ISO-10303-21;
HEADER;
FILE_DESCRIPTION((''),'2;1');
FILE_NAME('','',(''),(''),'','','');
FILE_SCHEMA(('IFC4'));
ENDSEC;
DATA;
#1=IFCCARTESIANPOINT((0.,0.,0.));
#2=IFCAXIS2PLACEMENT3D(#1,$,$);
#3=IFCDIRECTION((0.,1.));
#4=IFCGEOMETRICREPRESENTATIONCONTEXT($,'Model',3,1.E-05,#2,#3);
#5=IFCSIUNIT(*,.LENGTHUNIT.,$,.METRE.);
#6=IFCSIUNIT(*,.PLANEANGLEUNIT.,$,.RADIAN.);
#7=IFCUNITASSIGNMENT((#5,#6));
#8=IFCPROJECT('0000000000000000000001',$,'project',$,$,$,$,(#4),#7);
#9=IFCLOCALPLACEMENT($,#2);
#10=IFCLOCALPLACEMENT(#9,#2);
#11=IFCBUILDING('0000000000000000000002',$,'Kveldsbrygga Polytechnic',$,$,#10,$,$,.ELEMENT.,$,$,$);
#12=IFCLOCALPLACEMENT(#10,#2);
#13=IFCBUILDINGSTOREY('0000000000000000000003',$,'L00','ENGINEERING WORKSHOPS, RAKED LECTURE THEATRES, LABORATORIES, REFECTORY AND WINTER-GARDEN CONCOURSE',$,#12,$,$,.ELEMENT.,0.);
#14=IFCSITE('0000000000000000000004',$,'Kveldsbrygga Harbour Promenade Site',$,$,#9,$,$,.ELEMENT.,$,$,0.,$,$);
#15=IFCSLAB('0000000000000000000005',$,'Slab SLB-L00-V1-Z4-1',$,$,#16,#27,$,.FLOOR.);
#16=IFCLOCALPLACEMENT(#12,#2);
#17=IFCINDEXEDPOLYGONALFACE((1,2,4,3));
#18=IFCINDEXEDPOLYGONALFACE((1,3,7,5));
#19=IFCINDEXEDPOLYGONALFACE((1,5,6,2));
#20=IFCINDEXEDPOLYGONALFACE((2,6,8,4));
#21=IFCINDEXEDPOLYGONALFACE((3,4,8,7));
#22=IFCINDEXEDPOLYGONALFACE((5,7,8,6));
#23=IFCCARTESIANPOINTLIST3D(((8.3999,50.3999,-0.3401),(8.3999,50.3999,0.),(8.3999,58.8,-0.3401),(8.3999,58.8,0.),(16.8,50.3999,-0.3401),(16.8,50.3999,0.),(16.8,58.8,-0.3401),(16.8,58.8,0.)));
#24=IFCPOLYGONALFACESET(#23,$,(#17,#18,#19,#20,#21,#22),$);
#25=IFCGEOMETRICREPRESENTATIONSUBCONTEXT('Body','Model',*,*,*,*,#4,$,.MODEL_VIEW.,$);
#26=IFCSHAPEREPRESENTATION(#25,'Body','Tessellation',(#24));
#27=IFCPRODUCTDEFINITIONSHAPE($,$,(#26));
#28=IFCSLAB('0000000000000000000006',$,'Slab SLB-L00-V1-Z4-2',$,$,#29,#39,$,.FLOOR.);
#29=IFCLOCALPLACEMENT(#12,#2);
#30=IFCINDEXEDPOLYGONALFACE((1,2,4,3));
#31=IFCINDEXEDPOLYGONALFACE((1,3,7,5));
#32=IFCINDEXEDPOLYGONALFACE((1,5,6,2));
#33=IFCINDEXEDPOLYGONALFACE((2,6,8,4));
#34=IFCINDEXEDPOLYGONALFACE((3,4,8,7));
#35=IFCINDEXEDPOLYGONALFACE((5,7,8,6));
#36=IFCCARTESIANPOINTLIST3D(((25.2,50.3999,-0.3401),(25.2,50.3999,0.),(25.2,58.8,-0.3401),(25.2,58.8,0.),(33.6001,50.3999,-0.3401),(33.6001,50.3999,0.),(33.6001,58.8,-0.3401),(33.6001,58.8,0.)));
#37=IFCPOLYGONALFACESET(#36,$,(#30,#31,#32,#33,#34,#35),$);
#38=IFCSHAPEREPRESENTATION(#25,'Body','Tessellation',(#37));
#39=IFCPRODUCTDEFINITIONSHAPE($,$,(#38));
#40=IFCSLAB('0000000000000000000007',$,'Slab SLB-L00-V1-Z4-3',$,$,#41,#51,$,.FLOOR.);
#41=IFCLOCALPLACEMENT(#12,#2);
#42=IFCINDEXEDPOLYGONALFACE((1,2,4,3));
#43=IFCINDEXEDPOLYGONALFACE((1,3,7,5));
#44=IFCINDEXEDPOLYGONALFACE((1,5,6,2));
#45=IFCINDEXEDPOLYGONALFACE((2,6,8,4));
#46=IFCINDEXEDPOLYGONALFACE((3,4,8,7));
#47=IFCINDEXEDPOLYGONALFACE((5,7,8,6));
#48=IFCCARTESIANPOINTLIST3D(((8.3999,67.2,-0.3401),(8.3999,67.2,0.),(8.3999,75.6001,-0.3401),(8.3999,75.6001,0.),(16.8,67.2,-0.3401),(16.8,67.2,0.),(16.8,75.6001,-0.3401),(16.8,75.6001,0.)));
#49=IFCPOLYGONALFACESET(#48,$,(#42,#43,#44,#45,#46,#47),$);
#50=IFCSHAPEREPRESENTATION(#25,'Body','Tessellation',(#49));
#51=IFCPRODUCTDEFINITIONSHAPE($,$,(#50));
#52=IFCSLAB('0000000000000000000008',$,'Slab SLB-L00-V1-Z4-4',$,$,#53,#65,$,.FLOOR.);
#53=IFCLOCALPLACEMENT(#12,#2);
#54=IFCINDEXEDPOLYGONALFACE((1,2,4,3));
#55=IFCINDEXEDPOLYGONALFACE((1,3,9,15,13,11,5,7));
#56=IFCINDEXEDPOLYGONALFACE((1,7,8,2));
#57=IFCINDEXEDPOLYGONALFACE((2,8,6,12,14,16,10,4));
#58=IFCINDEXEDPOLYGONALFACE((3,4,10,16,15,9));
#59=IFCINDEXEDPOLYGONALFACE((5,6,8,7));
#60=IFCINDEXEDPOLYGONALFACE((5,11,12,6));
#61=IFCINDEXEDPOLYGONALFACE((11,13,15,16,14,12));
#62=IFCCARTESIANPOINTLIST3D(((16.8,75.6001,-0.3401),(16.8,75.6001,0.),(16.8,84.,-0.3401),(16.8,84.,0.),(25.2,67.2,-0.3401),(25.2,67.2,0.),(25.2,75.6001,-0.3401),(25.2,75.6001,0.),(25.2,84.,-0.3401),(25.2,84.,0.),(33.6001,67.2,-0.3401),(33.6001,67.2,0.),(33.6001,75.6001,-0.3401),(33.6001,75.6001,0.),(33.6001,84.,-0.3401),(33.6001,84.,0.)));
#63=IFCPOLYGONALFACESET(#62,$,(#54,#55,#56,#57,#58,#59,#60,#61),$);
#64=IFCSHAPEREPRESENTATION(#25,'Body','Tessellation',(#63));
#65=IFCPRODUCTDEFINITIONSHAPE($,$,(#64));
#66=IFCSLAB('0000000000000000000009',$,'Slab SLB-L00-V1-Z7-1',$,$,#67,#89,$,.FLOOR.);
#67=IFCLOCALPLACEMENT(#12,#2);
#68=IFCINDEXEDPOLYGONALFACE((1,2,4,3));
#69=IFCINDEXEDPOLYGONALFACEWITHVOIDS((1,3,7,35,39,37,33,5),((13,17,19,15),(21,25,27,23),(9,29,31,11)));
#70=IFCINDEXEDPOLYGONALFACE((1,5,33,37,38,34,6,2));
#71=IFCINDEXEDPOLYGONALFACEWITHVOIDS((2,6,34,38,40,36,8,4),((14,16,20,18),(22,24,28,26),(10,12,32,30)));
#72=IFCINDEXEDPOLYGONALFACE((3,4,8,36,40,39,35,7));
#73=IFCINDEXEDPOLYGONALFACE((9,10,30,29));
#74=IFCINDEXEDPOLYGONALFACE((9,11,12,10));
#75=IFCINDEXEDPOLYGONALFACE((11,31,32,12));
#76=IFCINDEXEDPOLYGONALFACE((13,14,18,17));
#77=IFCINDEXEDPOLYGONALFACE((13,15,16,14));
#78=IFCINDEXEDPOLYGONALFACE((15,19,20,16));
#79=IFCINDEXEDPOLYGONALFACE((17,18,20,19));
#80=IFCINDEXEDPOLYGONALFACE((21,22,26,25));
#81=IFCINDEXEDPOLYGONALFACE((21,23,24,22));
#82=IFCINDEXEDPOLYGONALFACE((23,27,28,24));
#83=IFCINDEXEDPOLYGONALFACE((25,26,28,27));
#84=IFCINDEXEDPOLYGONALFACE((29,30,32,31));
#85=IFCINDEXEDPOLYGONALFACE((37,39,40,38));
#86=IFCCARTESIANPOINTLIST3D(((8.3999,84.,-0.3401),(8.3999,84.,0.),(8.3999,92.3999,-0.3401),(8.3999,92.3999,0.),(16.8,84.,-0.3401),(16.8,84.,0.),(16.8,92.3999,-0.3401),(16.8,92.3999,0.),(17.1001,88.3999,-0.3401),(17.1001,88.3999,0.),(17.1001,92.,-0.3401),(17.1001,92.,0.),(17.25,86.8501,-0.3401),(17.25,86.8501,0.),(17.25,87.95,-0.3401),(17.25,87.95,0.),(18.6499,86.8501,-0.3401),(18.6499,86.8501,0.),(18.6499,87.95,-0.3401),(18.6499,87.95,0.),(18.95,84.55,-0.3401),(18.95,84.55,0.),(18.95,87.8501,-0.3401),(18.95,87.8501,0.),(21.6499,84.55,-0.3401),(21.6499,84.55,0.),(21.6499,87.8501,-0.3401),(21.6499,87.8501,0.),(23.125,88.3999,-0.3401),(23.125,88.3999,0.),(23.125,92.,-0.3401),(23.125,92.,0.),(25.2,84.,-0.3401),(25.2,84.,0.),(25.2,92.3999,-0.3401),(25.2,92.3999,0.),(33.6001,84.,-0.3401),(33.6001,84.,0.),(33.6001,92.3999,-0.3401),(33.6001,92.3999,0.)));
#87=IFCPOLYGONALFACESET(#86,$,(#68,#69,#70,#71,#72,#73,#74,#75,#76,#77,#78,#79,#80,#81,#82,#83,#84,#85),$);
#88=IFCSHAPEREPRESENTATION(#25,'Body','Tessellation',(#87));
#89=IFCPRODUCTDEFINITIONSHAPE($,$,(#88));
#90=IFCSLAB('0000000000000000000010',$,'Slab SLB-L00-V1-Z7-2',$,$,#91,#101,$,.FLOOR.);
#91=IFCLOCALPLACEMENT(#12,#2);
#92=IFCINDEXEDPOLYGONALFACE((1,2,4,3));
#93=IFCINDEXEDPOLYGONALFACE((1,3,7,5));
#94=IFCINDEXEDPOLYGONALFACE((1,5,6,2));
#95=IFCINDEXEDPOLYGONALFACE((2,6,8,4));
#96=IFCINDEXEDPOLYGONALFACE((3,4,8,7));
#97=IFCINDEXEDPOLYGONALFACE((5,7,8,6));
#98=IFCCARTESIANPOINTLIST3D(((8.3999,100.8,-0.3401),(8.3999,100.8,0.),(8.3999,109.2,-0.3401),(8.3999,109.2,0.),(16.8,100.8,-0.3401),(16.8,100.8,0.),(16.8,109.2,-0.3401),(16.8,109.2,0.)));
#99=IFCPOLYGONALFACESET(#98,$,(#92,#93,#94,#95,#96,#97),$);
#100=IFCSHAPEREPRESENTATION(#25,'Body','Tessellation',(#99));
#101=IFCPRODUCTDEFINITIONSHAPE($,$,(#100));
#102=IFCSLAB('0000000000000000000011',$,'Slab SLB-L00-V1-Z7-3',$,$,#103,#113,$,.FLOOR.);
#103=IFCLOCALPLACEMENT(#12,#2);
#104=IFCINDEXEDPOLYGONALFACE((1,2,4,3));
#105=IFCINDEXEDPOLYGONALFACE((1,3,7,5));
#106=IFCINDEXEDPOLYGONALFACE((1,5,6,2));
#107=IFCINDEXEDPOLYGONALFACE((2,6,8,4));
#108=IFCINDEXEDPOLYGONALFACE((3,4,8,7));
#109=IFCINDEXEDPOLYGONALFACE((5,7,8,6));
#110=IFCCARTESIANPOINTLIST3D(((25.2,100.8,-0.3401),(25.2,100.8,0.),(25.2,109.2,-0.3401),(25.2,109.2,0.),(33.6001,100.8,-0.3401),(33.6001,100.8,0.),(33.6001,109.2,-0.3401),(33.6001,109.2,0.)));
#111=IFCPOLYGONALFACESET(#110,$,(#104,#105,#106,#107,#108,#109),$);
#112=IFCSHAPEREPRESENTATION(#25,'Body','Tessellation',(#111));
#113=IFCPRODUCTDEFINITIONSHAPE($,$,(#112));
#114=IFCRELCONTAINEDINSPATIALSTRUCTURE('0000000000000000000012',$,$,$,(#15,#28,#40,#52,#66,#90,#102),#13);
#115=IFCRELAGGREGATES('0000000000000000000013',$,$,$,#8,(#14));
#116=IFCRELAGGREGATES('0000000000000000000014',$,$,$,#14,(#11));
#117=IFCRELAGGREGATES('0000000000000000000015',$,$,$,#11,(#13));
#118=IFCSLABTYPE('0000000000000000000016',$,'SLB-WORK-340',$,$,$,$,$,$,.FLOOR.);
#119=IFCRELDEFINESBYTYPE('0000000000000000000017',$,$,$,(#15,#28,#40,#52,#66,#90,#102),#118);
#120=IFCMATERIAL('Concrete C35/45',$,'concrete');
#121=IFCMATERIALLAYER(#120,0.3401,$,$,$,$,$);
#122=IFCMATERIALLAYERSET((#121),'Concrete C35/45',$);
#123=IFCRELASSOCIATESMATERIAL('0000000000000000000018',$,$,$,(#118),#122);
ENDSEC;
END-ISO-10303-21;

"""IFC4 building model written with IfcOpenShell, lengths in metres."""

from ifc_helpers import new_model, si_unit, direction, frame, origin, place, context, subcontext, project, spatial, polyline, outline, extrude, material, layer, layer_set, type_object, element, save


model = new_model("IFC4")

# Units and contexts
model_context = context("Model", 3, precision=1e-05, world=origin(), true_north=direction((0.0, 1.0)))
body_context = subcontext(model_context, "Body", "Model", "MODEL_VIEW")
ifc_project = project(units=[si_unit("LENGTHUNIT", "METRE"), si_unit("PLANEANGLEUNIT", "RADIAN")], contexts=[model_context])

# Site, building, storey
site_placement = place(None, origin())
site = spatial("IfcSite", under=ifc_project, at=site_placement, Name="Kveldsbrygga Harbour Promenade Site", CompositionType="ELEMENT", RefElevation=0.0)
building_placement = place(site_placement, origin())
building = spatial("IfcBuilding", under=site, at=building_placement, Name="Kveldsbrygga Polytechnic", CompositionType="ELEMENT")
storey_placement = place(building_placement, origin())
storey = spatial("IfcBuildingStorey", under=building, at=storey_placement, Name="L00", Description="ENGINEERING WORKSHOPS, RAKED LECTURE THEATRES, LABORATORIES, REFECTORY AND WINTER-GARDEN CONCOURSE", CompositionType="ELEMENT", Elevation=0.0)

# Shared definitions
ifc_material_1 = material(Name="Concrete C35/45", Category="concrete")

# Slabs
ifc_layer_1 = layer(ifc_material_1, 0.3401)
ifc_layer_set_1 = layer_set([ifc_layer_1], Name="Concrete C35/45")
slab_type_1 = type_object("IfcSlabType", Name="SLB-WORK-340", PredefinedType="FLOOR", material=ifc_layer_set_1)
slab_1_placement = place(storey_placement, frame((0.0, 0.0, -0.3401)))
element("IfcSlab", 1, at=slab_1_placement, inside=storey, type_object=slab_type_1, Name="Slab SLB-L00-V1-Z4-1", PredefinedType="FLOOR", context=body_context, shape_type="SweptSolid", body=[
    extrude(outline(polyline([(8.3999, 58.8), (16.8, 58.8), (16.8, 50.3999), (8.3999, 50.3999), (8.3999, 58.8)])), origin(), (0.0, 0.0, 1.0), 0.3401),
])
slab_2_placement = place(storey_placement, frame((0.0, 0.0, -0.3401)))
element("IfcSlab", 2, at=slab_2_placement, inside=storey, type_object=slab_type_1, Name="Slab SLB-L00-V1-Z4-2", PredefinedType="FLOOR", context=body_context, shape_type="SweptSolid", body=[
    extrude(outline(polyline([(33.6001, 58.8), (33.6001, 50.3999), (25.2, 50.3999), (25.2, 58.8), (33.6001, 58.8)])), origin(), (0.0, 0.0, 1.0), 0.3401),
])
slab_3_placement = place(storey_placement, frame((0.0, 0.0, -0.3401)))
element("IfcSlab", 3, at=slab_3_placement, inside=storey, type_object=slab_type_1, Name="Slab SLB-L00-V1-Z4-3", PredefinedType="FLOOR", context=body_context, shape_type="SweptSolid", body=[
    extrude(outline(polyline([(16.8, 75.6001), (16.8, 67.2), (8.3999, 67.2), (8.3999, 75.6001), (16.8, 75.6001)])), origin(), (0.0, 0.0, 1.0), 0.3401),
])
slab_4_placement = place(storey_placement, frame((0.0, 0.0, -0.3401)))
element("IfcSlab", 4, at=slab_4_placement, inside=storey, type_object=slab_type_1, Name="Slab SLB-L00-V1-Z4-4", PredefinedType="FLOOR", context=body_context, shape_type="SweptSolid", body=[
    extrude(outline(polyline([(25.2, 67.2), (25.2, 75.6001), (16.8, 75.6001), (16.8, 84.0), (25.2, 84.0), (33.6001, 84.0), (33.6001, 75.6001), (33.6001, 67.2), (25.2, 67.2)])), origin(), (0.0, 0.0, 1.0), 0.3401),
])
slab_5_placement = place(storey_placement, frame((0.0, 0.0, -0.3401)))
element("IfcSlab", 5, at=slab_5_placement, inside=storey, type_object=slab_type_1, Name="Slab SLB-L00-V1-Z7-1", PredefinedType="FLOOR", context=body_context, shape_type="SweptSolid", body=[
    extrude(outline(polyline([(8.3999, 92.3999), (16.8, 92.3999), (25.2, 92.3999), (33.6001, 92.3999), (33.6001, 84.0), (25.2, 84.0), (16.8, 84.0), (8.3999, 84.0), (8.3999, 92.3999)]), holes=[polyline([(23.125, 92.0), (17.1001, 92.0), (17.1001, 88.3999), (23.125, 88.3999), (23.125, 92.0)]), polyline([(18.95, 84.55), (21.6499, 84.55), (21.6499, 87.8501), (18.95, 87.8501), (18.95, 84.55)]), polyline([(17.25, 86.8501), (18.6499, 86.8501), (18.6499, 87.95), (17.25, 87.95), (17.25, 86.8501)])]), origin(), (0.0, 0.0, 1.0), 0.3401),
])
slab_6_placement = place(storey_placement, frame((0.0, 0.0, -0.3401)))
element("IfcSlab", 6, at=slab_6_placement, inside=storey, type_object=slab_type_1, Name="Slab SLB-L00-V1-Z7-2", PredefinedType="FLOOR", context=body_context, shape_type="SweptSolid", body=[
    extrude(outline(polyline([(16.8, 109.2), (16.8, 100.8), (8.3999, 100.8), (8.3999, 109.2), (16.8, 109.2)])), origin(), (0.0, 0.0, 1.0), 0.3401),
])
slab_7_placement = place(storey_placement, frame((0.0, 0.0, -0.3401)))
element("IfcSlab", 7, at=slab_7_placement, inside=storey, type_object=slab_type_1, Name="Slab SLB-L00-V1-Z7-3", PredefinedType="FLOOR", context=body_context, shape_type="SweptSolid", body=[
    extrude(outline(polyline([(33.6001, 109.2), (33.6001, 100.8), (25.2, 100.8), (25.2, 109.2), (33.6001, 109.2)])), origin(), (0.0, 0.0, 1.0), 0.3401),
])

save(model, "model.ifc")
